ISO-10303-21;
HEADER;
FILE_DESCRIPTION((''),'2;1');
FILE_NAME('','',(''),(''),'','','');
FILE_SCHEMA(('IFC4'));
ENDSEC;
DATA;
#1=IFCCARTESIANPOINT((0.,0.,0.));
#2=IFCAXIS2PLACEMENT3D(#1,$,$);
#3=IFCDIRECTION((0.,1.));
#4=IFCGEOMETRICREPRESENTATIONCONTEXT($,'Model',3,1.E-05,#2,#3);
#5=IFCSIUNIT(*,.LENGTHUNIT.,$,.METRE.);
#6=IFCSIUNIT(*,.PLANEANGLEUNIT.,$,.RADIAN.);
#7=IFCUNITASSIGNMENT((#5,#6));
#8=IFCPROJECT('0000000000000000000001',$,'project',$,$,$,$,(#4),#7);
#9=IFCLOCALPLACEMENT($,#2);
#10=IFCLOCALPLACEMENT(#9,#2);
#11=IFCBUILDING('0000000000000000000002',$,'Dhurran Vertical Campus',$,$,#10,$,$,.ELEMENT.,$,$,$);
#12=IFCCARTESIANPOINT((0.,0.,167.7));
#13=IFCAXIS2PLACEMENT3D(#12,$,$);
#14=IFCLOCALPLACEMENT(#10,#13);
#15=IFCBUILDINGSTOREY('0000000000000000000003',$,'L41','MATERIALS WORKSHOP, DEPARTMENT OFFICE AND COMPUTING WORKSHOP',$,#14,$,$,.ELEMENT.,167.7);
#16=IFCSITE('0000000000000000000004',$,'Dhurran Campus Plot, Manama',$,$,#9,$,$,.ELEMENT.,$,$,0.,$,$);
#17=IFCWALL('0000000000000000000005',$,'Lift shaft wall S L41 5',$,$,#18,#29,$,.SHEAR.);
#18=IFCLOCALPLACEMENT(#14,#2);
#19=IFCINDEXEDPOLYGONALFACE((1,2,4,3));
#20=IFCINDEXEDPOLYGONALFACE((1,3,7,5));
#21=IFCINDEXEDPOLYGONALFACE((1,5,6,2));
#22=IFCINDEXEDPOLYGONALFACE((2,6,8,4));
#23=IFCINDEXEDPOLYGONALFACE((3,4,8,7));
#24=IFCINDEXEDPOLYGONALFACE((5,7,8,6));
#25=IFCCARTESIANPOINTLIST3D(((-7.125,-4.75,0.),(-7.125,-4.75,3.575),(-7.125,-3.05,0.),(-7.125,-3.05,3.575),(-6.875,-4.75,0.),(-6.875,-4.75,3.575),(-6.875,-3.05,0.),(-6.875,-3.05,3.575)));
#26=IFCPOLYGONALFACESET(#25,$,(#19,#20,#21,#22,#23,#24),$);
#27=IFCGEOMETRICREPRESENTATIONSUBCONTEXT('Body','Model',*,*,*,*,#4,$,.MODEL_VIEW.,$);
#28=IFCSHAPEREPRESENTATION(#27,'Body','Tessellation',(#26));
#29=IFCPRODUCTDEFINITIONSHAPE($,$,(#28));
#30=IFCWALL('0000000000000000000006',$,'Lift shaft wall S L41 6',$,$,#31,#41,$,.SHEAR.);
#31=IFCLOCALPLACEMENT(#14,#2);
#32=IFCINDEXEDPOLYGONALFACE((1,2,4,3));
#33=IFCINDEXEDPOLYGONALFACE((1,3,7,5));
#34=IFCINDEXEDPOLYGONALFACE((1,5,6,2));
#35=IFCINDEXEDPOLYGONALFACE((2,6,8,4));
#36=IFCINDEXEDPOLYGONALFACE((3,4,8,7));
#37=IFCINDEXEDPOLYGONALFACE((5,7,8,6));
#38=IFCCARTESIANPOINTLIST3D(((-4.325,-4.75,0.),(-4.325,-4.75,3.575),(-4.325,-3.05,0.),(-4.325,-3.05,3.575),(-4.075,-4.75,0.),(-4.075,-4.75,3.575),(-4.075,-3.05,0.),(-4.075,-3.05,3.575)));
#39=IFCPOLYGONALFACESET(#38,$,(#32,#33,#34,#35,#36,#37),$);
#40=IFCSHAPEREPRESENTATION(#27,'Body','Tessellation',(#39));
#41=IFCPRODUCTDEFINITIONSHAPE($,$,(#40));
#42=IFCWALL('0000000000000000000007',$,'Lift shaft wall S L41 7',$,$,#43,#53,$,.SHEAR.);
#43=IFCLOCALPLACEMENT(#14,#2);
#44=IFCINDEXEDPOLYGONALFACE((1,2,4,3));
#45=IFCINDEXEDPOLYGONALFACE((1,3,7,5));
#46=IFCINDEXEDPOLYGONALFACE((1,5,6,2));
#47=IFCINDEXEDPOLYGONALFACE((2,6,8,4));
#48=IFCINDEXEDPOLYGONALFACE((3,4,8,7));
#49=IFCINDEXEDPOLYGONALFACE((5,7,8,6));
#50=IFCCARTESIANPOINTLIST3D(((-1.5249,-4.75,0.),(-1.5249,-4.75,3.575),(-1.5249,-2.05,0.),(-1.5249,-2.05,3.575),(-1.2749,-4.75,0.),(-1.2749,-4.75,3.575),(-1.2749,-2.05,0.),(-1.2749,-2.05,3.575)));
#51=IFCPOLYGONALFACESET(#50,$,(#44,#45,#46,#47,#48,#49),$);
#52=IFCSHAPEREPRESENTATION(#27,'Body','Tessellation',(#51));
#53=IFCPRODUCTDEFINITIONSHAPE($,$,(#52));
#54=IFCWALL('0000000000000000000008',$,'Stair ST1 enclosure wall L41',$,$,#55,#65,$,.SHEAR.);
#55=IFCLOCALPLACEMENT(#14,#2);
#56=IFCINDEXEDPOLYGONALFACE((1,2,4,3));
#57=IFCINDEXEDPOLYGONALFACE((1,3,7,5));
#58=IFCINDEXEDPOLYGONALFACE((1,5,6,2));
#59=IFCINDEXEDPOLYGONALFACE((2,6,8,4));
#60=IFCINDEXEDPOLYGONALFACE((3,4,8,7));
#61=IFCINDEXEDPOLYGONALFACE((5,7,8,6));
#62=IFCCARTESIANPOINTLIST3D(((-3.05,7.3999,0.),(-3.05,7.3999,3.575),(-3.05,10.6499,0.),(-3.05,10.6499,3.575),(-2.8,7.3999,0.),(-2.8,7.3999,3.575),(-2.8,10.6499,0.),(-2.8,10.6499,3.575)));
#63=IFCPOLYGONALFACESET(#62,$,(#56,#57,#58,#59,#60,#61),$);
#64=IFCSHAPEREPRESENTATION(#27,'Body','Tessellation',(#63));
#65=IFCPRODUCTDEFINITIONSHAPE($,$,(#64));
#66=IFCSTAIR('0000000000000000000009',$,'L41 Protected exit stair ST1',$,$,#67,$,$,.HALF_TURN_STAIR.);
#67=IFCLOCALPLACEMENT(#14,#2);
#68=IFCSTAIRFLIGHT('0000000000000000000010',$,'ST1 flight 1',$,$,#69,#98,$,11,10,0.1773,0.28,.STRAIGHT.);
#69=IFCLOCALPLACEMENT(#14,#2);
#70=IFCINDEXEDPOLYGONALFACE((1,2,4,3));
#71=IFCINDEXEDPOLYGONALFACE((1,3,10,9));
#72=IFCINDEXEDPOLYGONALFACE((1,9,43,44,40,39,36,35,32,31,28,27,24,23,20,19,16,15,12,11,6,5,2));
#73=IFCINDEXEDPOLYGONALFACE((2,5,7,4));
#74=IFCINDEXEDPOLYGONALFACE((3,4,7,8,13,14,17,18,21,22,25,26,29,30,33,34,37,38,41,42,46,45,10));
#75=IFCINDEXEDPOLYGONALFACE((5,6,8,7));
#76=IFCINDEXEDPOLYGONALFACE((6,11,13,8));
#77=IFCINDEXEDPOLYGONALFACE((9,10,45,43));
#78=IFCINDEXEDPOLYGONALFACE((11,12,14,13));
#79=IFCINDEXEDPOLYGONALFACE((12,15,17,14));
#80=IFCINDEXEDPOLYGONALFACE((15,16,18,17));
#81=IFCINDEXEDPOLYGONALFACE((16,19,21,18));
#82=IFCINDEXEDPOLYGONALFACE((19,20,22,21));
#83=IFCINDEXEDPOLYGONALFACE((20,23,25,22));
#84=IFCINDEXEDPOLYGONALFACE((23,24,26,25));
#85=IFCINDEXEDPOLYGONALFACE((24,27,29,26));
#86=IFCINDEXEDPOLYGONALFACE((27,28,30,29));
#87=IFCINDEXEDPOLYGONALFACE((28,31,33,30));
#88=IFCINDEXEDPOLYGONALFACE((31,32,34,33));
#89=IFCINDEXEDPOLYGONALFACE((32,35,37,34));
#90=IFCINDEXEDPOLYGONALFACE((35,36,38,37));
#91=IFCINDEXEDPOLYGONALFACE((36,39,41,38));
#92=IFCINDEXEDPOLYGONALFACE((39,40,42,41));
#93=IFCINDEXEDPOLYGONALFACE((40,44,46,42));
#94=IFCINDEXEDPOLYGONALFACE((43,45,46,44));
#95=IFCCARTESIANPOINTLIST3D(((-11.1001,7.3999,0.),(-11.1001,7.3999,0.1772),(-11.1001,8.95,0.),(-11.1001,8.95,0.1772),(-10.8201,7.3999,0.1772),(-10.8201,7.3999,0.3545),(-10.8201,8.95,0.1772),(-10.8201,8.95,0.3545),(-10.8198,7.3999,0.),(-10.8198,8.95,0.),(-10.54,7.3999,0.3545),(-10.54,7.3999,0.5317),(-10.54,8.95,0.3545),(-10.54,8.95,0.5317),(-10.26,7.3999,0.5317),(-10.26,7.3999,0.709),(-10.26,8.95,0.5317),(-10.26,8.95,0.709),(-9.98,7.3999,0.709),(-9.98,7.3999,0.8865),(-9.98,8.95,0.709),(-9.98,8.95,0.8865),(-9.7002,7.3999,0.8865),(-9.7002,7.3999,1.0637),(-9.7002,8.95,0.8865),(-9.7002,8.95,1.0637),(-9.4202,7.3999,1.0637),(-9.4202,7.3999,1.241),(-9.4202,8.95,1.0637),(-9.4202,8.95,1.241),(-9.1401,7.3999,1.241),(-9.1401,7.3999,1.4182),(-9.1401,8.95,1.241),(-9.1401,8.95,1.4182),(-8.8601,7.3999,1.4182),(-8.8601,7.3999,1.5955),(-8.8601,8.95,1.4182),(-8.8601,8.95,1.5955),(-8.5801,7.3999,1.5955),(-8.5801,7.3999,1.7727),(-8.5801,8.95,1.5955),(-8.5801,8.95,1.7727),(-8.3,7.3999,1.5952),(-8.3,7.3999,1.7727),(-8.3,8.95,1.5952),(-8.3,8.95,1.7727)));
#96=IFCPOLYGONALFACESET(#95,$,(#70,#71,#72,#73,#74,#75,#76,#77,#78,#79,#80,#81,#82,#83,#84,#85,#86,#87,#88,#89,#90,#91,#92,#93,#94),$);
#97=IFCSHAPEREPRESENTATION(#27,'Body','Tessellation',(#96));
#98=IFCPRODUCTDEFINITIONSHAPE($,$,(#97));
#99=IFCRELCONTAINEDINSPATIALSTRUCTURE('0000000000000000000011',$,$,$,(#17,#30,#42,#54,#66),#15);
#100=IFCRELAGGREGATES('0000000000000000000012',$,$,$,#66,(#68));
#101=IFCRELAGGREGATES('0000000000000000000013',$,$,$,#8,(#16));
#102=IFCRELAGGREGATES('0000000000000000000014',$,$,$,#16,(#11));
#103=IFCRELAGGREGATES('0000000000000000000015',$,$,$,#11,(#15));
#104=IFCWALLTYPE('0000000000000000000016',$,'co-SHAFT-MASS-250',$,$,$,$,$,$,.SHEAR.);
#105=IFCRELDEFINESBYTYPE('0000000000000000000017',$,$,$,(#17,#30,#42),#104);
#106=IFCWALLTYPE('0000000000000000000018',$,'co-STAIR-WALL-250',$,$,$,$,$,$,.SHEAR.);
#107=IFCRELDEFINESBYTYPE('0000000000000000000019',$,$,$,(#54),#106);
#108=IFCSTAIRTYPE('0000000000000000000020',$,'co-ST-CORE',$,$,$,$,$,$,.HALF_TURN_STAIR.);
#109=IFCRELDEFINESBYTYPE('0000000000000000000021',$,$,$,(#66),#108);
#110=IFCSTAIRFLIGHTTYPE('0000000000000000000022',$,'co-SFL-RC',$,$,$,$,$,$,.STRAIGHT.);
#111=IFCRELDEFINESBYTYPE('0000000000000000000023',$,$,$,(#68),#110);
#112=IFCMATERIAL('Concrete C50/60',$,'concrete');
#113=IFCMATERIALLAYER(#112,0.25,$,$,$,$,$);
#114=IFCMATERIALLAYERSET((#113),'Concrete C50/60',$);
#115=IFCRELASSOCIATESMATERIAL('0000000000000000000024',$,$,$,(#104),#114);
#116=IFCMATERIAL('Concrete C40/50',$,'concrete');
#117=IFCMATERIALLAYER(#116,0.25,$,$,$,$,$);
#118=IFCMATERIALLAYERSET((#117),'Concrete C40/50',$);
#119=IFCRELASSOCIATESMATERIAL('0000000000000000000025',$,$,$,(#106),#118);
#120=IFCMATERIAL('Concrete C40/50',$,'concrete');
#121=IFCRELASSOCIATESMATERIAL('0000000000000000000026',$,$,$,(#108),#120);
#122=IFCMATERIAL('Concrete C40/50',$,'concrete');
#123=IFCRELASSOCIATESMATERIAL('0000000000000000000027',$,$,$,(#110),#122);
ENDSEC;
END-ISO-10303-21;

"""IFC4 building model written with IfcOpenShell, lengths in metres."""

from ifc_helpers import new_model, si_unit, direction, frame, frame_2d, origin, place, context, subcontext, project, spatial, polyline, rectangle, outline, extrude, material, layer, layer_set, type_object, element, aggregate, save


model = new_model("IFC4")

# Units and contexts
model_context = context("Model", 3, precision=1e-05, world=origin(), true_north=direction((0.0, 1.0)))
body_context = subcontext(model_context, "Body", "Model", "MODEL_VIEW")
ifc_project = project(units=[si_unit("LENGTHUNIT", "METRE"), si_unit("PLANEANGLEUNIT", "RADIAN")], contexts=[model_context])

# Site, building, storey
site_placement = place(None, origin())
site = spatial("IfcSite", under=ifc_project, at=site_placement, Name="Dhurran Campus Plot, Manama", CompositionType="ELEMENT", RefElevation=0.0)
building_placement = place(site_placement, origin())
building = spatial("IfcBuilding", under=site, at=building_placement, Name="Dhurran Vertical Campus", CompositionType="ELEMENT")
storey_placement = place(building_placement, frame((0.0, 0.0, 167.7)))
storey = spatial("IfcBuildingStorey", under=building, at=storey_placement, Name="L41", Description="MATERIALS WORKSHOP, DEPARTMENT OFFICE AND COMPUTING WORKSHOP", CompositionType="ELEMENT", Elevation=167.7)

# Walls
ifc_material_1 = material(Name="Concrete C50/60", Category="concrete")
ifc_layer_1 = layer(ifc_material_1, 0.25)
ifc_layer_set_1 = layer_set([ifc_layer_1], Name="Concrete C50/60")
wall_type_1 = type_object("IfcWallType", Name="co-SHAFT-MASS-250", PredefinedType="SHEAR", material=ifc_layer_set_1)
wall_1_placement = place(storey_placement, origin())
element("IfcWall", 1, at=wall_1_placement, inside=storey, type_object=wall_type_1, Name="Lift shaft wall S L41 5", PredefinedType="SHEAR", context=body_context, shape_type="SweptSolid", body=[
    extrude(outline(polyline([(-7.125, -4.75), (-6.875, -4.75), (-6.875, -3.05), (-7.125, -3.05), (-7.125, -4.75)])), origin(), (0.0, 0.0, 1.0), 3.575),
])
wall_2_placement = place(storey_placement, origin())
element("IfcWall", 2, at=wall_2_placement, inside=storey, type_object=wall_type_1, Name="Lift shaft wall S L41 6", PredefinedType="SHEAR", context=body_context, shape_type="SweptSolid", body=[
    extrude(outline(polyline([(-4.325, -4.75), (-4.075, -4.75), (-4.075, -3.05), (-4.325, -3.05), (-4.325, -4.75)])), origin(), (0.0, 0.0, 1.0), 3.575),
])
wall_3_placement = place(storey_placement, origin())
element("IfcWall", 3, at=wall_3_placement, inside=storey, type_object=wall_type_1, Name="Lift shaft wall S L41 7", PredefinedType="SHEAR", context=body_context, shape_type="SweptSolid", body=[
    extrude(outline(polyline([(-1.5249, -4.75), (-1.2749, -4.75), (-1.2749, -2.05), (-1.5249, -2.05), (-1.5249, -4.75)])), origin(), (0.0, 0.0, 1.0), 3.575),
])
ifc_material_2 = material(Name="Concrete C40/50", Category="concrete")
ifc_layer_2 = layer(ifc_material_2, 0.25)
ifc_layer_set_2 = layer_set([ifc_layer_2], Name="Concrete C40/50")
wall_type_2 = type_object("IfcWallType", Name="co-STAIR-WALL-250", PredefinedType="SHEAR", material=ifc_layer_set_2)
wall_4_placement = place(storey_placement, frame((-2.925, 7.3999, 0.0), z_axis=(0.0, 0.0, 1.0), x_axis=(0.0, 1.0, 0.0)))
element("IfcWall", 4, at=wall_4_placement, inside=storey, type_object=wall_type_2, Name="Stair ST1 enclosure wall L41", PredefinedType="SHEAR", context=body_context, shape_type="SweptSolid", body=[
    extrude(rectangle(XDim=3.25, YDim=0.25, at=frame_2d((1.625, 0.0))), origin(), (0.0, 0.0, 1.0), 3.575),
])

# Stair, stair flight
ifc_material_3 = material(Name="Concrete C40/50", Category="concrete")
stair_type = type_object("IfcStairType", Name="co-ST-CORE", PredefinedType="HALF_TURN_STAIR", material=ifc_material_3)
stair_placement = place(storey_placement, origin())
stair = element("IfcStair", 5, at=stair_placement, inside=storey, type_object=stair_type, Name="L41 Protected exit stair ST1", PredefinedType="HALF_TURN_STAIR")
ifc_material_4 = material(Name="Concrete C40/50", Category="concrete")
stair_flight_type = type_object("IfcStairFlightType", Name="co-SFL-RC", PredefinedType="STRAIGHT", material=ifc_material_4)
stair_flight_placement = place(storey_placement, frame((-11.1001, 8.175, 0.0), z_axis=(0.0, 0.0, 1.0), x_axis=(1.0, 0.0, 0.0)))
stair_flight = element("IfcStairFlight", 6, at=stair_flight_placement, type_object=stair_flight_type, Name="ST1 flight 1", NumberOfRisers=11, NumberOfTreads=10, PredefinedType="STRAIGHT", RiserHeight=0.1773, TreadLength=0.28, context=body_context, shape_type="SweptSolid", body=[
    extrude(outline(polyline([(0.0, 0.0), (0.0, 0.1772), (0.28, 0.1772), (0.28, 0.3545), (0.5601, 0.3545), (0.5601, 0.5317), (0.8401, 0.5317), (0.8401, 0.709), (1.1201, 0.709), (1.1201, 0.8865), (1.3999, 0.8865), (1.3999, 1.0637), (1.6799, 1.0637), (1.6799, 1.241), (1.96, 1.241), (1.96, 1.4182), (2.24, 1.4182), (2.24, 1.5955), (2.52, 1.5955), (2.52, 1.7727), (2.8, 1.7727), (2.8, 1.95), (2.8, 1.5952), (0.2803, 0.0), (0.0, 0.0)])), frame((0.0, 0.7749, 0.0), z_axis=(0.0, -1.0, 0.0), x_axis=(1.0, 0.0, 0.0)), (0.0, 0.0, 1.0), 1.55),
])
aggregate(stair, [stair_flight])

save(model, "model.ifc")
